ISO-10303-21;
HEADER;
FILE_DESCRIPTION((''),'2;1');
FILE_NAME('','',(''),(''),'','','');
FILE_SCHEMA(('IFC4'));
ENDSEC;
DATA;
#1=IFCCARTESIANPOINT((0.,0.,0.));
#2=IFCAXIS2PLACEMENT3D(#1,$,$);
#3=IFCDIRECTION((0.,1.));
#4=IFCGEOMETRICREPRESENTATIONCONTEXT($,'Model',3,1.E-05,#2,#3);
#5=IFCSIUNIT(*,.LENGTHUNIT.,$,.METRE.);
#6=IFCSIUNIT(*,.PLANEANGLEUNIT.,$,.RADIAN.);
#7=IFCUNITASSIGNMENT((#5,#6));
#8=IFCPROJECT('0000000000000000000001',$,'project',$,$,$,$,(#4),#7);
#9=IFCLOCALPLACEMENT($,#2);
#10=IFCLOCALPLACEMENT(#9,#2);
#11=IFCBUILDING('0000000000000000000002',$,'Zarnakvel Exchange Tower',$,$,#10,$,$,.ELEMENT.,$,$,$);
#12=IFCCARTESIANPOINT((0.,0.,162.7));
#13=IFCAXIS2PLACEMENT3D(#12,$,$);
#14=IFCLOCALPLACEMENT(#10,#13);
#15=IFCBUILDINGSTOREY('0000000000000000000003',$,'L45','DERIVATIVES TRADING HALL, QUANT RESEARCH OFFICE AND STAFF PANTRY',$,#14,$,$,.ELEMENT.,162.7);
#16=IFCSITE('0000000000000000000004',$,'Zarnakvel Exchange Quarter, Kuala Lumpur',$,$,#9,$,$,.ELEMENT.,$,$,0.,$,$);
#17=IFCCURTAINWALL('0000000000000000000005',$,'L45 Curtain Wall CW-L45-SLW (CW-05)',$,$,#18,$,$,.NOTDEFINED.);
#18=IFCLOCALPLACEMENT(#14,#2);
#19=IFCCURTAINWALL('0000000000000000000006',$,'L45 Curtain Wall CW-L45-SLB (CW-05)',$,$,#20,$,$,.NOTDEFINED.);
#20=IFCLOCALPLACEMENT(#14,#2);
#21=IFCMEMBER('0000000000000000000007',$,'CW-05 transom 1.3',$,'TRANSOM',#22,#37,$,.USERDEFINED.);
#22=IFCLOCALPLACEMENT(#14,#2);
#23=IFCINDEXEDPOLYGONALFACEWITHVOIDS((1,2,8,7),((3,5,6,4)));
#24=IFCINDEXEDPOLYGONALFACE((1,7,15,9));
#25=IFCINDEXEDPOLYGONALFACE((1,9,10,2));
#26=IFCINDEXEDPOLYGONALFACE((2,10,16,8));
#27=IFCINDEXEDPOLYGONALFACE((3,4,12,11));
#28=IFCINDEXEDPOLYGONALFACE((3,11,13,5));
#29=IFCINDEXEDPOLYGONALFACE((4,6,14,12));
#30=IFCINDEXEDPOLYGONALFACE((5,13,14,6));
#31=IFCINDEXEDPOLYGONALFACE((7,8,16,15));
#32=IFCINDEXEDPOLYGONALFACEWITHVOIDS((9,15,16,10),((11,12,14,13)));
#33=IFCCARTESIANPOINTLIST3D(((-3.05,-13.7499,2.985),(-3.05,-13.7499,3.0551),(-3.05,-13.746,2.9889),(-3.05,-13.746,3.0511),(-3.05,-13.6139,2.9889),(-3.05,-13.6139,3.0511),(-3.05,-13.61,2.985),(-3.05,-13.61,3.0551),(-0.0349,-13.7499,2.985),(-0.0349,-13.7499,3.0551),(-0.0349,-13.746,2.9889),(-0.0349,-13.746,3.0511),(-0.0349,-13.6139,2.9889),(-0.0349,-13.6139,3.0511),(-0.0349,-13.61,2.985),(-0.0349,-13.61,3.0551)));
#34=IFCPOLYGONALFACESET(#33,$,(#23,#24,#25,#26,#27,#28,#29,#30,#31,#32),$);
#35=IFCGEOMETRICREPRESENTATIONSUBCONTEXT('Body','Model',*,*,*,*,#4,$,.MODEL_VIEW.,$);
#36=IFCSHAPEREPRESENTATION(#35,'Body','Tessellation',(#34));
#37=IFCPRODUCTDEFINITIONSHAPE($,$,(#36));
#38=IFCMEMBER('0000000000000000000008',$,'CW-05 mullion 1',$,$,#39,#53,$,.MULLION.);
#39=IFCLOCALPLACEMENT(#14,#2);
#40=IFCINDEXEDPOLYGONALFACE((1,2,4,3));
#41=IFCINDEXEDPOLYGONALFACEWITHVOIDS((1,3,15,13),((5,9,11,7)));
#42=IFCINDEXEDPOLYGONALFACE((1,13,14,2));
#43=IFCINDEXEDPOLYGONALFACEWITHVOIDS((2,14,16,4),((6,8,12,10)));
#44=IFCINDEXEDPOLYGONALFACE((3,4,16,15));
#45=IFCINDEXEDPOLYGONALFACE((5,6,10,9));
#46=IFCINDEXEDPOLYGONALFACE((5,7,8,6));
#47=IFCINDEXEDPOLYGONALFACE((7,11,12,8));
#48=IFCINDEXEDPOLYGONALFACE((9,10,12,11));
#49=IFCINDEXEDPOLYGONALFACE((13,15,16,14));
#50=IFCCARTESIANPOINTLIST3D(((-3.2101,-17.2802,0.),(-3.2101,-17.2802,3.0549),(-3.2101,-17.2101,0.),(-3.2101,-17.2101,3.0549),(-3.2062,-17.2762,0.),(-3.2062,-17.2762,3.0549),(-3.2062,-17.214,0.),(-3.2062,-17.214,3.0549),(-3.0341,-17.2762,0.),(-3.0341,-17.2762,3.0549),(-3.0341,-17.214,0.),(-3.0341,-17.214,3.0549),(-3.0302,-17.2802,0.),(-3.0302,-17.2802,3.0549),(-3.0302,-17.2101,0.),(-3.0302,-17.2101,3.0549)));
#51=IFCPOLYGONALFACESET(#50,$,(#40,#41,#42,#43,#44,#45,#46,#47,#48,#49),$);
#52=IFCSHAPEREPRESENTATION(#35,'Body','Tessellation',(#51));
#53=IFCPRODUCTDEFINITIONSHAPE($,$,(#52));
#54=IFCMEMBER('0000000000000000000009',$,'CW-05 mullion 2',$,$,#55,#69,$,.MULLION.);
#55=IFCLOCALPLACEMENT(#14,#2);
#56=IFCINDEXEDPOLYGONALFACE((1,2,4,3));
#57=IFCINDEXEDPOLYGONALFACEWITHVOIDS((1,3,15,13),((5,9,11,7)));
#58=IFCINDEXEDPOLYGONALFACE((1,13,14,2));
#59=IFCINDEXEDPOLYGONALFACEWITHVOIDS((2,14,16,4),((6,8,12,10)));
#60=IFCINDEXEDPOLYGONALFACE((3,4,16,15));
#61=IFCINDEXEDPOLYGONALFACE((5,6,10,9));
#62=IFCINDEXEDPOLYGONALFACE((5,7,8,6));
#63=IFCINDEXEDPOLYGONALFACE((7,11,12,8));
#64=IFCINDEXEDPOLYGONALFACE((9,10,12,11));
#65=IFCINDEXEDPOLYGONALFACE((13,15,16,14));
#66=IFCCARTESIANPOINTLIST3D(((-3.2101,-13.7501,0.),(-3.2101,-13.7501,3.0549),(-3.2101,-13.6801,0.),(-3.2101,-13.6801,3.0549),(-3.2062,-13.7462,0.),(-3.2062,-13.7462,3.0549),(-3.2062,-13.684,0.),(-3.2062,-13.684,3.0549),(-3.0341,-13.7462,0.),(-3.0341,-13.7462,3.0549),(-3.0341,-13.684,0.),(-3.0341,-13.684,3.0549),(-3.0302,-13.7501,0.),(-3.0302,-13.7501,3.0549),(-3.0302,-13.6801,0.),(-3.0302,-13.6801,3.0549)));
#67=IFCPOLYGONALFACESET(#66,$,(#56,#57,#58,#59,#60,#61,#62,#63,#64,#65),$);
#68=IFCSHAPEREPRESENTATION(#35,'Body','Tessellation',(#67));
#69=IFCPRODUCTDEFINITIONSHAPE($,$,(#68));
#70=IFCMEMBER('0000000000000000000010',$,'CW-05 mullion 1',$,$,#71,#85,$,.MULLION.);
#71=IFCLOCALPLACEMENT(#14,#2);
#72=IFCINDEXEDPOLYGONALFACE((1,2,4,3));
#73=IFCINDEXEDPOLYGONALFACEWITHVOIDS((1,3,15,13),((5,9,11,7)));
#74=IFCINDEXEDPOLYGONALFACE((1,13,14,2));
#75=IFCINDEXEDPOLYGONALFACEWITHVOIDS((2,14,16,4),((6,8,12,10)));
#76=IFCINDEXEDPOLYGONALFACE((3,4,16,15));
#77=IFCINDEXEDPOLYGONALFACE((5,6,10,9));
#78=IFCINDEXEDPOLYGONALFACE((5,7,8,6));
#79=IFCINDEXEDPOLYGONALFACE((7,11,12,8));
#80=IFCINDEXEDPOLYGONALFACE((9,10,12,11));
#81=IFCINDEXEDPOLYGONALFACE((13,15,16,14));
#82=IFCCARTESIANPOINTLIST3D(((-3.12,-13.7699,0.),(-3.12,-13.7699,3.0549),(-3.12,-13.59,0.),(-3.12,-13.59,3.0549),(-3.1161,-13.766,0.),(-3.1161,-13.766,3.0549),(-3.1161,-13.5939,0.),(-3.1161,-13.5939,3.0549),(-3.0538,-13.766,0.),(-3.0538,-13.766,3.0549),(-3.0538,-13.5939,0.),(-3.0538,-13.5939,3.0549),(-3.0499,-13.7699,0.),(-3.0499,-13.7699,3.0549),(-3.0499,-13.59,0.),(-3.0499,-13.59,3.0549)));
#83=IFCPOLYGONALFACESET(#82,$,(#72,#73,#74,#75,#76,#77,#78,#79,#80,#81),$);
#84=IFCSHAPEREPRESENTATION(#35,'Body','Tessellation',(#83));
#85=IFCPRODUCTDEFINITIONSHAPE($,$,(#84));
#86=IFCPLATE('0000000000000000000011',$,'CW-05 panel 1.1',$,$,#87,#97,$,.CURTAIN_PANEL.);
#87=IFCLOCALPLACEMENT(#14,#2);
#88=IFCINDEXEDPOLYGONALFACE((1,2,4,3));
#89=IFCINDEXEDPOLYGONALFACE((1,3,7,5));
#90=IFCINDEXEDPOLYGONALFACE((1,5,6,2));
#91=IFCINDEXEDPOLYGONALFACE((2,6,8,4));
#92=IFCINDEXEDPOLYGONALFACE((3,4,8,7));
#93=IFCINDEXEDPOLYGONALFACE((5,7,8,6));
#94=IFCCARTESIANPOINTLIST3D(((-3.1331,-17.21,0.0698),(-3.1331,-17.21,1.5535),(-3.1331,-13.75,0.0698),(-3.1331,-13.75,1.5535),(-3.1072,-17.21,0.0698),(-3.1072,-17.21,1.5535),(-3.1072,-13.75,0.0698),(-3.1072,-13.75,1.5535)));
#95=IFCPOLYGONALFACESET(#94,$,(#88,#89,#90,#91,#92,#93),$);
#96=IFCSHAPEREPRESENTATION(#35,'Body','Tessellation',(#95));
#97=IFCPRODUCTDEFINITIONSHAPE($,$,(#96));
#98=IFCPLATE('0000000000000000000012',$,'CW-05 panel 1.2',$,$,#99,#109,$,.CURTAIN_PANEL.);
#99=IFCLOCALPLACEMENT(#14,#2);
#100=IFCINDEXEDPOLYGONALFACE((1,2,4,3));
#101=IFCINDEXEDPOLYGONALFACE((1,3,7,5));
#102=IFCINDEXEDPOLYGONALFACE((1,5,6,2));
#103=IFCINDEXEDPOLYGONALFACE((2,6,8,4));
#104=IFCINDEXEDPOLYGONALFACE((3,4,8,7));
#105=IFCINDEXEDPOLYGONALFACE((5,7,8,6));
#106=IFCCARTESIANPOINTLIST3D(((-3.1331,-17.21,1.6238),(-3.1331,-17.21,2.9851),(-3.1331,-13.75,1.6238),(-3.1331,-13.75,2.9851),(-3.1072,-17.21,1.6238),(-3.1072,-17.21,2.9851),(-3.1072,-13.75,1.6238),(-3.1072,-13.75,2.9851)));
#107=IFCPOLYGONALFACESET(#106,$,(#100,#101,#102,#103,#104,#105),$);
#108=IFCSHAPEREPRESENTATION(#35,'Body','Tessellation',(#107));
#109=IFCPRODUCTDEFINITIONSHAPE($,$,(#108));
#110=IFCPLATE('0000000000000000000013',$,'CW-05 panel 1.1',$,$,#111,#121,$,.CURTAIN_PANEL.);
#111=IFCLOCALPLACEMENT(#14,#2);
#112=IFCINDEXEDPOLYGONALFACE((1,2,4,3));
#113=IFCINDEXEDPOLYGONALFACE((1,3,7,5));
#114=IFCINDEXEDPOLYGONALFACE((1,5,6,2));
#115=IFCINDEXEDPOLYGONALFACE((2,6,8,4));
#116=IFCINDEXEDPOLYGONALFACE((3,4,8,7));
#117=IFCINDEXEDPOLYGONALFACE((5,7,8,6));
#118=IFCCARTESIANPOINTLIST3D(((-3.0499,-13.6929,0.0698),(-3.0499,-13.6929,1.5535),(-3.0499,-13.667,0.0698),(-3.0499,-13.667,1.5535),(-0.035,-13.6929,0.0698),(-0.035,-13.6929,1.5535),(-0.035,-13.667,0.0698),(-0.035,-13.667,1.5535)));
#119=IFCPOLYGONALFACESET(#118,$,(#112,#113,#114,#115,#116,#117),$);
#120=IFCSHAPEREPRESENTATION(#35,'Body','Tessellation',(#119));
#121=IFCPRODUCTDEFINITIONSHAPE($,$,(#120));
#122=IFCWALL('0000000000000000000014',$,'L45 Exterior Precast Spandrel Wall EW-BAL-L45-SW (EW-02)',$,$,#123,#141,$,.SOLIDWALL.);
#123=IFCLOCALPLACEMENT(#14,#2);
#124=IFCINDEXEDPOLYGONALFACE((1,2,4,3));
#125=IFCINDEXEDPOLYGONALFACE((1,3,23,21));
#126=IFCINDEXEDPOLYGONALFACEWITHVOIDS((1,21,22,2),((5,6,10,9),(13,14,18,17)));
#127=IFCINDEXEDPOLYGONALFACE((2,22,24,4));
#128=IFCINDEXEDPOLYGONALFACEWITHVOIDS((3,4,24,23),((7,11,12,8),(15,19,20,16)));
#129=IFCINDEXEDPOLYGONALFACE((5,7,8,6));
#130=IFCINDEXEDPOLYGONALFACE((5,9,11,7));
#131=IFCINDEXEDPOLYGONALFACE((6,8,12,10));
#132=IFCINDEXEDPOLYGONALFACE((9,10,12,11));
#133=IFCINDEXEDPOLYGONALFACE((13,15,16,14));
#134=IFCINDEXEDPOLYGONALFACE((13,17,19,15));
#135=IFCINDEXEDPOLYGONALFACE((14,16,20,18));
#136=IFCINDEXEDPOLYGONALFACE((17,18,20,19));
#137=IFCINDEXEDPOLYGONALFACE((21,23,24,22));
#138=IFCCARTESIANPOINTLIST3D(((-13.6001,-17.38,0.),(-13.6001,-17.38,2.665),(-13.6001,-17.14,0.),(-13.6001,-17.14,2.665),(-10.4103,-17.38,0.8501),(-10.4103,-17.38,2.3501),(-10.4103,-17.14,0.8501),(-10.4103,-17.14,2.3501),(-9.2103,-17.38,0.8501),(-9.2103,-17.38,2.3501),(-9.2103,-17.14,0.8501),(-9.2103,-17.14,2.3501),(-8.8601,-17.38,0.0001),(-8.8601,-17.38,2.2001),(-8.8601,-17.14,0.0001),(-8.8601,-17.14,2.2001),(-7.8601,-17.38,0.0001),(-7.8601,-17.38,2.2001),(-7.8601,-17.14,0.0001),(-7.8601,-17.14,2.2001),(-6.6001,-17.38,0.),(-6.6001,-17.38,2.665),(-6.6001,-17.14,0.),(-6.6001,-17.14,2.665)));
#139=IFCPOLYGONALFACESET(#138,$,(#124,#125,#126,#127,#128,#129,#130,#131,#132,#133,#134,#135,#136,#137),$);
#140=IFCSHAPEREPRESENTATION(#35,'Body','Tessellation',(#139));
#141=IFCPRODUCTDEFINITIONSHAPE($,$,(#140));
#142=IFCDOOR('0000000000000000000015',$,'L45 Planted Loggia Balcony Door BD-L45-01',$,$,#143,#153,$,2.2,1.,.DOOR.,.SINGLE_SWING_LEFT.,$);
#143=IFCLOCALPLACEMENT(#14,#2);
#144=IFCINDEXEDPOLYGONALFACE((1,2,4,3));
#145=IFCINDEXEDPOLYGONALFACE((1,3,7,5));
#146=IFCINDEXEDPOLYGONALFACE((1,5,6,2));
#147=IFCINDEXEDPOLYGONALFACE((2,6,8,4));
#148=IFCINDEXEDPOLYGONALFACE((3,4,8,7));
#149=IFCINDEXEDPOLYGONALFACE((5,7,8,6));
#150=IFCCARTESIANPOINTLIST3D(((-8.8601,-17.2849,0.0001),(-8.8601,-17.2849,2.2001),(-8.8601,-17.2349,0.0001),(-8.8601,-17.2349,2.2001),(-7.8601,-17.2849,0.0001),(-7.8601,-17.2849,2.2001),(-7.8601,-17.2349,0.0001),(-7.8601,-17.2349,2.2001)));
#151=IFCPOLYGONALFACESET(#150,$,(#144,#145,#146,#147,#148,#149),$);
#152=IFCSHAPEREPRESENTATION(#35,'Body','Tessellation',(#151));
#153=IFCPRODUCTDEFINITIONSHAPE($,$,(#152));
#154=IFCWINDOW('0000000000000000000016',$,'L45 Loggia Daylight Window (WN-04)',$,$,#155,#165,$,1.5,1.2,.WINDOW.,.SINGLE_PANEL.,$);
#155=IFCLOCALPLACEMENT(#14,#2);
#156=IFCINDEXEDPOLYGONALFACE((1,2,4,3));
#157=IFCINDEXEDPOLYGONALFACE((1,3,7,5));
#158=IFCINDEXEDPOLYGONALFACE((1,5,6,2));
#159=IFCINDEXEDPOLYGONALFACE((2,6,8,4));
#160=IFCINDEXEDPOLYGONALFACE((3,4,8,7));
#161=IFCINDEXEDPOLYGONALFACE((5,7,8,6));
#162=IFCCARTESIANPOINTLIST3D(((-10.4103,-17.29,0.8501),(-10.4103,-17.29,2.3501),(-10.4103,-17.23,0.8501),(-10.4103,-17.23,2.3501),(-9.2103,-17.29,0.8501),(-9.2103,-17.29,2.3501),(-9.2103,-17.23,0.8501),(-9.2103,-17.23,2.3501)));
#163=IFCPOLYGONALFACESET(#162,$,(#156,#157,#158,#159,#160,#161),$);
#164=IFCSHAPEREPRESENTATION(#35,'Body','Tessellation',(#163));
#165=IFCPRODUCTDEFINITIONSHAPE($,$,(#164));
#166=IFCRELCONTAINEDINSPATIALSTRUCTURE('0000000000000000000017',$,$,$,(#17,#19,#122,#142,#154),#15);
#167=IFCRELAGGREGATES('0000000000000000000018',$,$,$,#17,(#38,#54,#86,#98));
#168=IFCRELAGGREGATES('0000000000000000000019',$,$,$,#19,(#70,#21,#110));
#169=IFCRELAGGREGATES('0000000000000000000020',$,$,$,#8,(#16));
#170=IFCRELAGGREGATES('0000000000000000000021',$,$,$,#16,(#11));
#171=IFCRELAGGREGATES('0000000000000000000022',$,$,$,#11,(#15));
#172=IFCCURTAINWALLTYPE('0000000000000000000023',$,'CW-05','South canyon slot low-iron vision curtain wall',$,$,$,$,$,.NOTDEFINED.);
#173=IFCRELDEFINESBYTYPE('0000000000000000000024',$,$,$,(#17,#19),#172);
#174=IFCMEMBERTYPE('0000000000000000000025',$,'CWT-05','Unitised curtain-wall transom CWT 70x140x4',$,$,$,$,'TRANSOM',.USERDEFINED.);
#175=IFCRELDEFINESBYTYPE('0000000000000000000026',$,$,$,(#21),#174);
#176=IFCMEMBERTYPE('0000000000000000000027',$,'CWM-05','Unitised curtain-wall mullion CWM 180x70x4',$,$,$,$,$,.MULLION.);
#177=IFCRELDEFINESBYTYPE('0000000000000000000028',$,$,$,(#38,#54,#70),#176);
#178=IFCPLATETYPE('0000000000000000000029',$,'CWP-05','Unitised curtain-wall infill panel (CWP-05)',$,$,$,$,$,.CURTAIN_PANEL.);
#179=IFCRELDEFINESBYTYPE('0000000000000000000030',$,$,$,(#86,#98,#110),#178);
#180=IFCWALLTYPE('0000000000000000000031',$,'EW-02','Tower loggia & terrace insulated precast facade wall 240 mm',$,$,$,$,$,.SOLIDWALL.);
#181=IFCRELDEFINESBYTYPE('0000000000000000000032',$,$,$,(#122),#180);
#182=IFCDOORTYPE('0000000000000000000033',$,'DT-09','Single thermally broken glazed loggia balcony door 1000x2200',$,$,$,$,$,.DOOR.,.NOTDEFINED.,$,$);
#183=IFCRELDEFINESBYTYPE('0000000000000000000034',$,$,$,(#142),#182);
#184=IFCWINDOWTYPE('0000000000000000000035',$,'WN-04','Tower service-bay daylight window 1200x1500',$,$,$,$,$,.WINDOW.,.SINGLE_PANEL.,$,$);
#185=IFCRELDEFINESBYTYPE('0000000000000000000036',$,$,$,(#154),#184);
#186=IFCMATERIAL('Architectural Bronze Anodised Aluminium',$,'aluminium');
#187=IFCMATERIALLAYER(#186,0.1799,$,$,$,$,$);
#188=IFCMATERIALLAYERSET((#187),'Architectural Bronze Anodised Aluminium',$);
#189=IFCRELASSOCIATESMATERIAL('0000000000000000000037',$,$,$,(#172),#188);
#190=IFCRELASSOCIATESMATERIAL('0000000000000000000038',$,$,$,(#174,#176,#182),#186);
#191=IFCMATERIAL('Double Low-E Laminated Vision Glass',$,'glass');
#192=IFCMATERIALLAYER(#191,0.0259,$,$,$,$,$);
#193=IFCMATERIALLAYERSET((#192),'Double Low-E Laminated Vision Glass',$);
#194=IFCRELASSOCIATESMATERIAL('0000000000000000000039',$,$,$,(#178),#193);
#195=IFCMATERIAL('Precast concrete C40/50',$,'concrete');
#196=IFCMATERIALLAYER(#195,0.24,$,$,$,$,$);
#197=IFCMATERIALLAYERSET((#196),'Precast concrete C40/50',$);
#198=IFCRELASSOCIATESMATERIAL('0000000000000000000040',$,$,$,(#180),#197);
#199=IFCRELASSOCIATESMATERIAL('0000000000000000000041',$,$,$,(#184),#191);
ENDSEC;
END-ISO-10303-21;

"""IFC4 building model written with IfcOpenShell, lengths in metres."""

from ifc_helpers import new_model, si_unit, direction, frame, frame_2d, origin, origin_2d, place, context, subcontext, project, spatial, rectangle, hollow_rectangle, extrude, source, transform, mapped, material, layer, layer_set, material_profile, profile_set, type_object, element, fill, aggregate, save


model = new_model("IFC4")

# Units and contexts
model_context = context("Model", 3, precision=1e-05, world=origin(), true_north=direction((0.0, 1.0)))
body_context = subcontext(model_context, "Body", "Model", "MODEL_VIEW")
ifc_project = project(units=[si_unit("LENGTHUNIT", "METRE"), si_unit("PLANEANGLEUNIT", "RADIAN")], contexts=[model_context])

# Site, building, storey
site_placement = place(None, origin())
site = spatial("IfcSite", under=ifc_project, at=site_placement, Name="Zarnakvel Exchange Quarter, Kuala Lumpur", CompositionType="ELEMENT", RefElevation=0.0)
building_placement = place(site_placement, origin())
building = spatial("IfcBuilding", under=site, at=building_placement, Name="Zarnakvel Exchange Tower", CompositionType="ELEMENT")
storey_placement = place(building_placement, frame((0.0, 0.0, 162.7)))
storey = spatial("IfcBuildingStorey", under=building, at=storey_placement, Name="L45", Description="DERIVATIVES TRADING HALL, QUANT RESEARCH OFFICE AND STAFF PANTRY", CompositionType="ELEMENT", Elevation=162.7)

# Curtain walls, member
ifc_material_1 = material(Name="Architectural Bronze Anodised Aluminium", Category="aluminium")
ifc_layer_1 = layer(ifc_material_1, 0.1799)
ifc_layer_set_1 = layer_set([ifc_layer_1], Name="Architectural Bronze Anodised Aluminium")
curtain_wall_type = type_object("IfcCurtainWallType", Name="CW-05", Description="South canyon slot low-iron vision curtain wall", PredefinedType="NOTDEFINED", material=ifc_layer_set_1)
curtain_wall_1_placement = place(storey_placement, origin())
curtain_wall_1 = element("IfcCurtainWall", 1, at=curtain_wall_1_placement, inside=storey, type_object=curtain_wall_type, Name="L45 Curtain Wall CW-L45-SLW (CW-05)", PredefinedType="NOTDEFINED")
ifc_material_profile_1 = material_profile(ifc_material_1, hollow_rectangle(XDim=0.1399, YDim=0.0701, WallThickness=0.0039, at=origin_2d()))
ifc_profile_set_1 = profile_set([ifc_material_profile_1], Name="Architectural Bronze Anodised Aluminium")
member_type_1 = type_object("IfcMemberType", Name="CWT-05", Description="Unitised curtain-wall transom CWT 70x140x4", ElementType="TRANSOM", PredefinedType="USERDEFINED", material=ifc_profile_set_1)
curtain_wall_2_placement = place(storey_placement, origin())
curtain_wall_2 = element("IfcCurtainWall", 2, at=curtain_wall_2_placement, inside=storey, type_object=curtain_wall_type, Name="L45 Curtain Wall CW-L45-SLB (CW-05)", PredefinedType="NOTDEFINED")
shared_shape_1 = source(origin(), body_context, "Body", "SweptSolid", [
    extrude(hollow_rectangle(XDim=0.1399, YDim=0.0701, WallThickness=0.0039, at=origin_2d()), origin(), (0.0, 0.0, 1.0), 3.0151),
])
member_1_placement = place(storey_placement, frame((-3.05, -13.6799, 3.02), z_axis=(1.0, 0.0, 0.0), x_axis=(0.0, 1.0, 0.0)))
member_1 = element("IfcMember", 3, at=member_1_placement, type_object=member_type_1, Name="CW-05 transom 1.3", ObjectType="TRANSOM", PredefinedType="USERDEFINED", context=body_context, shape_type="MappedRepresentation", body=[
    mapped(shared_shape_1, transform((0.0, 0.0, 0.0), x_axis=(1.0, 0.0, 0.0), y_axis=(0.0, 1.0, 0.0), z_axis=(0.0, 0.0, 1.0), scale=1.0)),
])

# Members
ifc_material_profile_2 = material_profile(ifc_material_1, hollow_rectangle(XDim=0.1799, YDim=0.0701, WallThickness=0.0039, at=origin_2d()))
ifc_profile_set_2 = profile_set([ifc_material_profile_2], Name="Architectural Bronze Anodised Aluminium")
member_type_2 = type_object("IfcMemberType", Name="CWM-05", Description="Unitised curtain-wall mullion CWM 180x70x4", PredefinedType="MULLION", material=ifc_profile_set_2)
shared_shape_2 = source(origin(), body_context, "Body", "SweptSolid", [
    extrude(hollow_rectangle(XDim=0.1799, YDim=0.0701, WallThickness=0.0039, at=origin_2d()), origin(), (0.0, 0.0, 1.0), 3.0549),
])
member_2_placement = place(storey_placement, frame((-3.1201, -17.2451, 0.0), z_axis=(0.0, 0.0, 1.0), x_axis=(-1.0, 0.0, 0.0)))
member_2 = element("IfcMember", 4, at=member_2_placement, type_object=member_type_2, Name="CW-05 mullion 1", PredefinedType="MULLION", context=body_context, shape_type="MappedRepresentation", body=[
    mapped(shared_shape_2, transform((0.0, 0.0, 0.0), x_axis=(1.0, 0.0, 0.0), y_axis=(0.0, 1.0, 0.0), z_axis=(0.0, 0.0, 1.0), scale=1.0)),
])
member_3_placement = place(storey_placement, frame((-3.1201, -13.7151, 0.0), z_axis=(0.0, 0.0, 1.0), x_axis=(-1.0, 0.0, 0.0)))
member_3 = element("IfcMember", 5, at=member_3_placement, type_object=member_type_2, Name="CW-05 mullion 2", PredefinedType="MULLION", context=body_context, shape_type="MappedRepresentation", body=[
    mapped(shared_shape_2, transform((0.0, 0.0, 0.0), x_axis=(1.0, 0.0, 0.0), y_axis=(0.0, 1.0, 0.0), z_axis=(0.0, 0.0, 1.0), scale=1.0)),
])
member_4_placement = place(storey_placement, frame((-3.085, -13.6799, 0.0), z_axis=(0.0, 0.0, 1.0), x_axis=(0.0, 1.0, 0.0)))
member_4 = element("IfcMember", 6, at=member_4_placement, type_object=member_type_2, Name="CW-05 mullion 1", PredefinedType="MULLION", context=body_context, shape_type="MappedRepresentation", body=[
    mapped(shared_shape_2, transform((0.0, 0.0, 0.0), x_axis=(1.0, 0.0, 0.0), y_axis=(0.0, 1.0, 0.0), z_axis=(0.0, 0.0, 1.0), scale=1.0)),
])

# Plates
ifc_material_2 = material(Name="Double Low-E Laminated Vision Glass", Category="glass")
ifc_layer_2 = layer(ifc_material_2, 0.0259)
ifc_layer_set_2 = layer_set([ifc_layer_2], Name="Double Low-E Laminated Vision Glass")
plate_type = type_object("IfcPlateType", Name="CWP-05", Description="Unitised curtain-wall infill panel (CWP-05)", PredefinedType="CURTAIN_PANEL", material=ifc_layer_set_2)
shared_shape_3 = source(origin(), body_context, "Body", "SweptSolid", [
    extrude(rectangle(XDim=3.46, YDim=0.0259, at=origin_2d()), origin(), (0.0, 0.0, 1.0), 1.4836),
])
plate_1_placement = place(storey_placement, frame((-3.1201, -15.48, 0.0698), z_axis=(0.0, 0.0, 1.0), x_axis=(0.0, 1.0, 0.0)))
plate_1 = element("IfcPlate", 7, at=plate_1_placement, type_object=plate_type, Name="CW-05 panel 1.1", PredefinedType="CURTAIN_PANEL", context=body_context, shape_type="MappedRepresentation", body=[
    mapped(shared_shape_3, transform((0.0, 0.0, 0.0), x_axis=(1.0, 0.0, 0.0), y_axis=(0.0, 1.0, 0.0), z_axis=(0.0, 0.0, 1.0), scale=1.0)),
])
shared_shape_4 = source(origin(), body_context, "Body", "SweptSolid", [
    extrude(rectangle(XDim=3.46, YDim=0.0259, at=origin_2d()), origin(), (0.0, 0.0, 1.0), 1.3613),
])
plate_2_placement = place(storey_placement, frame((-3.1201, -15.48, 1.6238), z_axis=(0.0, 0.0, 1.0), x_axis=(0.0, 1.0, 0.0)))
plate_2 = element("IfcPlate", 8, at=plate_2_placement, type_object=plate_type, Name="CW-05 panel 1.2", PredefinedType="CURTAIN_PANEL", context=body_context, shape_type="MappedRepresentation", body=[
    mapped(shared_shape_4, transform((0.0, 0.0, 0.0), x_axis=(1.0, 0.0, 0.0), y_axis=(0.0, 1.0, 0.0), z_axis=(0.0, 0.0, 1.0), scale=1.0)),
])
aggregate(curtain_wall_1, [member_2, member_3, plate_1, plate_2])
shared_shape_5 = source(origin(), body_context, "Body", "SweptSolid", [
    extrude(rectangle(XDim=3.0149, YDim=0.0259, at=origin_2d()), origin(), (0.0, 0.0, 1.0), 1.4836),
])
plate_3_placement = place(storey_placement, frame((-1.5425, -13.6799, 0.0698), z_axis=(0.0, 0.0, 1.0), x_axis=(1.0, 0.0, 0.0)))
plate_3 = element("IfcPlate", 9, at=plate_3_placement, type_object=plate_type, Name="CW-05 panel 1.1", PredefinedType="CURTAIN_PANEL", context=body_context, shape_type="MappedRepresentation", body=[
    mapped(shared_shape_5, transform((0.0, 0.0, 0.0), x_axis=(1.0, 0.0, 0.0), y_axis=(0.0, 1.0, 0.0), z_axis=(0.0, 0.0, 1.0), scale=1.0)),
])
aggregate(curtain_wall_2, [member_4, member_1, plate_3])

# Wall, openings, door, window
ifc_material_3 = material(Name="Precast concrete C40/50", Category="concrete")
ifc_layer_3 = layer(ifc_material_3, 0.24)
ifc_layer_set_3 = layer_set([ifc_layer_3], Name="Precast concrete C40/50")
wall_type = type_object("IfcWallType", Name="EW-02", Description="Tower loggia & terrace insulated precast facade wall 240 mm", PredefinedType="SOLIDWALL", material=ifc_layer_set_3)
wall_1_placement = place(storey_placement, frame((-6.6001, -17.26, 0.0), z_axis=(0.0, 0.0, 1.0), x_axis=(-1.0, 0.0, 0.0)))
wall_1 = element("IfcWall", 10, at=wall_1_placement, inside=storey, type_object=wall_type, Name="L45 Exterior Precast Spandrel Wall EW-BAL-L45-SW (EW-02)", PredefinedType="SOLIDWALL", context=body_context, shape_type="SweptSolid", body=[
    extrude(rectangle(XDim=7.0, YDim=0.24, at=frame_2d((3.5, 0.0))), origin(), (0.0, 0.0, 1.0), 2.665),
])
opening_1_placement = place(wall_1_placement, frame((1.26, 0.0, 0.0)))
opening_1 = element("IfcOpeningElement", 11, at=opening_1_placement, cuts=wall_1, PredefinedType="OPENING", context=body_context, shape_type="SweptSolid", body=[
    extrude(rectangle(XDim=1.0, YDim=2.2, at=frame_2d((0.5, 1.1001))), frame((0.0, 0.1299, 0.0), z_axis=(0.0, -1.0, 0.0), x_axis=(1.0, 0.0, 0.0)), (0.0, 0.0, 1.0), 0.26),
])
opening_2_placement = place(wall_1_placement, frame((2.6101, 0.0, 0.8501)))
opening_2 = element("IfcOpeningElement", 12, at=opening_2_placement, cuts=wall_1, PredefinedType="OPENING", context=body_context, shape_type="SweptSolid", body=[
    extrude(rectangle(XDim=1.2, YDim=1.5, at=frame_2d((0.6001, 0.75))), frame((0.0, 0.1299, 0.0), z_axis=(0.0, -1.0, 0.0), x_axis=(1.0, 0.0, 0.0)), (0.0, 0.0, 1.0), 0.26),
])
door_type = type_object("IfcDoorType", Name="DT-09", Description="Single thermally broken glazed loggia balcony door 1000x2200", OperationType="NOTDEFINED", PredefinedType="DOOR", material=ifc_material_1)
shared_shape_6 = source(origin(), body_context, "Body", "SweptSolid", [
    extrude(rectangle(XDim=1.0, YDim=2.2, at=frame_2d((0.5, 1.1001))), frame((0.0, 0.0249, 0.0), z_axis=(0.0, -1.0, 0.0), x_axis=(1.0, 0.0, 0.0)), (0.0, 0.0, 1.0), 0.05),
])
door_placement = place(opening_1_placement, origin())
door = element("IfcDoor", 13, at=door_placement, inside=storey, type_object=door_type, Name="L45 Planted Loggia Balcony Door BD-L45-01", OperationType="SINGLE_SWING_LEFT", OverallHeight=2.2, OverallWidth=1.0, PredefinedType="DOOR", context=body_context, shape_type="MappedRepresentation", body=[
    mapped(shared_shape_6, transform((0.0, 0.0, 0.0), x_axis=(1.0, 0.0, 0.0), y_axis=(0.0, 1.0, 0.0), z_axis=(0.0, 0.0, 1.0), scale=1.0)),
])
fill(opening_1, door)
window_type = type_object("IfcWindowType", Name="WN-04", Description="Tower service-bay daylight window 1200x1500", PartitioningType="SINGLE_PANEL", PredefinedType="WINDOW", material=ifc_material_2)
shared_shape_7 = source(origin(), body_context, "Body", "SweptSolid", [
    extrude(rectangle(XDim=1.2, YDim=1.5, at=frame_2d((0.6001, 0.75))), frame((0.0, 0.03, 0.0), z_axis=(0.0, -1.0, 0.0), x_axis=(1.0, 0.0, 0.0)), (0.0, 0.0, 1.0), 0.0601),
])
window_placement = place(opening_2_placement, origin())
window = element("IfcWindow", 14, at=window_placement, inside=storey, type_object=window_type, Name="L45 Loggia Daylight Window (WN-04)", OverallHeight=1.5, OverallWidth=1.2, PartitioningType="SINGLE_PANEL", PredefinedType="WINDOW", context=body_context, shape_type="MappedRepresentation", body=[
    mapped(shared_shape_7, transform((0.0, 0.0, 0.0), x_axis=(1.0, 0.0, 0.0), y_axis=(0.0, 1.0, 0.0), z_axis=(0.0, 0.0, 1.0), scale=1.0)),
])
fill(opening_2, window)

save(model, "model.ifc")
